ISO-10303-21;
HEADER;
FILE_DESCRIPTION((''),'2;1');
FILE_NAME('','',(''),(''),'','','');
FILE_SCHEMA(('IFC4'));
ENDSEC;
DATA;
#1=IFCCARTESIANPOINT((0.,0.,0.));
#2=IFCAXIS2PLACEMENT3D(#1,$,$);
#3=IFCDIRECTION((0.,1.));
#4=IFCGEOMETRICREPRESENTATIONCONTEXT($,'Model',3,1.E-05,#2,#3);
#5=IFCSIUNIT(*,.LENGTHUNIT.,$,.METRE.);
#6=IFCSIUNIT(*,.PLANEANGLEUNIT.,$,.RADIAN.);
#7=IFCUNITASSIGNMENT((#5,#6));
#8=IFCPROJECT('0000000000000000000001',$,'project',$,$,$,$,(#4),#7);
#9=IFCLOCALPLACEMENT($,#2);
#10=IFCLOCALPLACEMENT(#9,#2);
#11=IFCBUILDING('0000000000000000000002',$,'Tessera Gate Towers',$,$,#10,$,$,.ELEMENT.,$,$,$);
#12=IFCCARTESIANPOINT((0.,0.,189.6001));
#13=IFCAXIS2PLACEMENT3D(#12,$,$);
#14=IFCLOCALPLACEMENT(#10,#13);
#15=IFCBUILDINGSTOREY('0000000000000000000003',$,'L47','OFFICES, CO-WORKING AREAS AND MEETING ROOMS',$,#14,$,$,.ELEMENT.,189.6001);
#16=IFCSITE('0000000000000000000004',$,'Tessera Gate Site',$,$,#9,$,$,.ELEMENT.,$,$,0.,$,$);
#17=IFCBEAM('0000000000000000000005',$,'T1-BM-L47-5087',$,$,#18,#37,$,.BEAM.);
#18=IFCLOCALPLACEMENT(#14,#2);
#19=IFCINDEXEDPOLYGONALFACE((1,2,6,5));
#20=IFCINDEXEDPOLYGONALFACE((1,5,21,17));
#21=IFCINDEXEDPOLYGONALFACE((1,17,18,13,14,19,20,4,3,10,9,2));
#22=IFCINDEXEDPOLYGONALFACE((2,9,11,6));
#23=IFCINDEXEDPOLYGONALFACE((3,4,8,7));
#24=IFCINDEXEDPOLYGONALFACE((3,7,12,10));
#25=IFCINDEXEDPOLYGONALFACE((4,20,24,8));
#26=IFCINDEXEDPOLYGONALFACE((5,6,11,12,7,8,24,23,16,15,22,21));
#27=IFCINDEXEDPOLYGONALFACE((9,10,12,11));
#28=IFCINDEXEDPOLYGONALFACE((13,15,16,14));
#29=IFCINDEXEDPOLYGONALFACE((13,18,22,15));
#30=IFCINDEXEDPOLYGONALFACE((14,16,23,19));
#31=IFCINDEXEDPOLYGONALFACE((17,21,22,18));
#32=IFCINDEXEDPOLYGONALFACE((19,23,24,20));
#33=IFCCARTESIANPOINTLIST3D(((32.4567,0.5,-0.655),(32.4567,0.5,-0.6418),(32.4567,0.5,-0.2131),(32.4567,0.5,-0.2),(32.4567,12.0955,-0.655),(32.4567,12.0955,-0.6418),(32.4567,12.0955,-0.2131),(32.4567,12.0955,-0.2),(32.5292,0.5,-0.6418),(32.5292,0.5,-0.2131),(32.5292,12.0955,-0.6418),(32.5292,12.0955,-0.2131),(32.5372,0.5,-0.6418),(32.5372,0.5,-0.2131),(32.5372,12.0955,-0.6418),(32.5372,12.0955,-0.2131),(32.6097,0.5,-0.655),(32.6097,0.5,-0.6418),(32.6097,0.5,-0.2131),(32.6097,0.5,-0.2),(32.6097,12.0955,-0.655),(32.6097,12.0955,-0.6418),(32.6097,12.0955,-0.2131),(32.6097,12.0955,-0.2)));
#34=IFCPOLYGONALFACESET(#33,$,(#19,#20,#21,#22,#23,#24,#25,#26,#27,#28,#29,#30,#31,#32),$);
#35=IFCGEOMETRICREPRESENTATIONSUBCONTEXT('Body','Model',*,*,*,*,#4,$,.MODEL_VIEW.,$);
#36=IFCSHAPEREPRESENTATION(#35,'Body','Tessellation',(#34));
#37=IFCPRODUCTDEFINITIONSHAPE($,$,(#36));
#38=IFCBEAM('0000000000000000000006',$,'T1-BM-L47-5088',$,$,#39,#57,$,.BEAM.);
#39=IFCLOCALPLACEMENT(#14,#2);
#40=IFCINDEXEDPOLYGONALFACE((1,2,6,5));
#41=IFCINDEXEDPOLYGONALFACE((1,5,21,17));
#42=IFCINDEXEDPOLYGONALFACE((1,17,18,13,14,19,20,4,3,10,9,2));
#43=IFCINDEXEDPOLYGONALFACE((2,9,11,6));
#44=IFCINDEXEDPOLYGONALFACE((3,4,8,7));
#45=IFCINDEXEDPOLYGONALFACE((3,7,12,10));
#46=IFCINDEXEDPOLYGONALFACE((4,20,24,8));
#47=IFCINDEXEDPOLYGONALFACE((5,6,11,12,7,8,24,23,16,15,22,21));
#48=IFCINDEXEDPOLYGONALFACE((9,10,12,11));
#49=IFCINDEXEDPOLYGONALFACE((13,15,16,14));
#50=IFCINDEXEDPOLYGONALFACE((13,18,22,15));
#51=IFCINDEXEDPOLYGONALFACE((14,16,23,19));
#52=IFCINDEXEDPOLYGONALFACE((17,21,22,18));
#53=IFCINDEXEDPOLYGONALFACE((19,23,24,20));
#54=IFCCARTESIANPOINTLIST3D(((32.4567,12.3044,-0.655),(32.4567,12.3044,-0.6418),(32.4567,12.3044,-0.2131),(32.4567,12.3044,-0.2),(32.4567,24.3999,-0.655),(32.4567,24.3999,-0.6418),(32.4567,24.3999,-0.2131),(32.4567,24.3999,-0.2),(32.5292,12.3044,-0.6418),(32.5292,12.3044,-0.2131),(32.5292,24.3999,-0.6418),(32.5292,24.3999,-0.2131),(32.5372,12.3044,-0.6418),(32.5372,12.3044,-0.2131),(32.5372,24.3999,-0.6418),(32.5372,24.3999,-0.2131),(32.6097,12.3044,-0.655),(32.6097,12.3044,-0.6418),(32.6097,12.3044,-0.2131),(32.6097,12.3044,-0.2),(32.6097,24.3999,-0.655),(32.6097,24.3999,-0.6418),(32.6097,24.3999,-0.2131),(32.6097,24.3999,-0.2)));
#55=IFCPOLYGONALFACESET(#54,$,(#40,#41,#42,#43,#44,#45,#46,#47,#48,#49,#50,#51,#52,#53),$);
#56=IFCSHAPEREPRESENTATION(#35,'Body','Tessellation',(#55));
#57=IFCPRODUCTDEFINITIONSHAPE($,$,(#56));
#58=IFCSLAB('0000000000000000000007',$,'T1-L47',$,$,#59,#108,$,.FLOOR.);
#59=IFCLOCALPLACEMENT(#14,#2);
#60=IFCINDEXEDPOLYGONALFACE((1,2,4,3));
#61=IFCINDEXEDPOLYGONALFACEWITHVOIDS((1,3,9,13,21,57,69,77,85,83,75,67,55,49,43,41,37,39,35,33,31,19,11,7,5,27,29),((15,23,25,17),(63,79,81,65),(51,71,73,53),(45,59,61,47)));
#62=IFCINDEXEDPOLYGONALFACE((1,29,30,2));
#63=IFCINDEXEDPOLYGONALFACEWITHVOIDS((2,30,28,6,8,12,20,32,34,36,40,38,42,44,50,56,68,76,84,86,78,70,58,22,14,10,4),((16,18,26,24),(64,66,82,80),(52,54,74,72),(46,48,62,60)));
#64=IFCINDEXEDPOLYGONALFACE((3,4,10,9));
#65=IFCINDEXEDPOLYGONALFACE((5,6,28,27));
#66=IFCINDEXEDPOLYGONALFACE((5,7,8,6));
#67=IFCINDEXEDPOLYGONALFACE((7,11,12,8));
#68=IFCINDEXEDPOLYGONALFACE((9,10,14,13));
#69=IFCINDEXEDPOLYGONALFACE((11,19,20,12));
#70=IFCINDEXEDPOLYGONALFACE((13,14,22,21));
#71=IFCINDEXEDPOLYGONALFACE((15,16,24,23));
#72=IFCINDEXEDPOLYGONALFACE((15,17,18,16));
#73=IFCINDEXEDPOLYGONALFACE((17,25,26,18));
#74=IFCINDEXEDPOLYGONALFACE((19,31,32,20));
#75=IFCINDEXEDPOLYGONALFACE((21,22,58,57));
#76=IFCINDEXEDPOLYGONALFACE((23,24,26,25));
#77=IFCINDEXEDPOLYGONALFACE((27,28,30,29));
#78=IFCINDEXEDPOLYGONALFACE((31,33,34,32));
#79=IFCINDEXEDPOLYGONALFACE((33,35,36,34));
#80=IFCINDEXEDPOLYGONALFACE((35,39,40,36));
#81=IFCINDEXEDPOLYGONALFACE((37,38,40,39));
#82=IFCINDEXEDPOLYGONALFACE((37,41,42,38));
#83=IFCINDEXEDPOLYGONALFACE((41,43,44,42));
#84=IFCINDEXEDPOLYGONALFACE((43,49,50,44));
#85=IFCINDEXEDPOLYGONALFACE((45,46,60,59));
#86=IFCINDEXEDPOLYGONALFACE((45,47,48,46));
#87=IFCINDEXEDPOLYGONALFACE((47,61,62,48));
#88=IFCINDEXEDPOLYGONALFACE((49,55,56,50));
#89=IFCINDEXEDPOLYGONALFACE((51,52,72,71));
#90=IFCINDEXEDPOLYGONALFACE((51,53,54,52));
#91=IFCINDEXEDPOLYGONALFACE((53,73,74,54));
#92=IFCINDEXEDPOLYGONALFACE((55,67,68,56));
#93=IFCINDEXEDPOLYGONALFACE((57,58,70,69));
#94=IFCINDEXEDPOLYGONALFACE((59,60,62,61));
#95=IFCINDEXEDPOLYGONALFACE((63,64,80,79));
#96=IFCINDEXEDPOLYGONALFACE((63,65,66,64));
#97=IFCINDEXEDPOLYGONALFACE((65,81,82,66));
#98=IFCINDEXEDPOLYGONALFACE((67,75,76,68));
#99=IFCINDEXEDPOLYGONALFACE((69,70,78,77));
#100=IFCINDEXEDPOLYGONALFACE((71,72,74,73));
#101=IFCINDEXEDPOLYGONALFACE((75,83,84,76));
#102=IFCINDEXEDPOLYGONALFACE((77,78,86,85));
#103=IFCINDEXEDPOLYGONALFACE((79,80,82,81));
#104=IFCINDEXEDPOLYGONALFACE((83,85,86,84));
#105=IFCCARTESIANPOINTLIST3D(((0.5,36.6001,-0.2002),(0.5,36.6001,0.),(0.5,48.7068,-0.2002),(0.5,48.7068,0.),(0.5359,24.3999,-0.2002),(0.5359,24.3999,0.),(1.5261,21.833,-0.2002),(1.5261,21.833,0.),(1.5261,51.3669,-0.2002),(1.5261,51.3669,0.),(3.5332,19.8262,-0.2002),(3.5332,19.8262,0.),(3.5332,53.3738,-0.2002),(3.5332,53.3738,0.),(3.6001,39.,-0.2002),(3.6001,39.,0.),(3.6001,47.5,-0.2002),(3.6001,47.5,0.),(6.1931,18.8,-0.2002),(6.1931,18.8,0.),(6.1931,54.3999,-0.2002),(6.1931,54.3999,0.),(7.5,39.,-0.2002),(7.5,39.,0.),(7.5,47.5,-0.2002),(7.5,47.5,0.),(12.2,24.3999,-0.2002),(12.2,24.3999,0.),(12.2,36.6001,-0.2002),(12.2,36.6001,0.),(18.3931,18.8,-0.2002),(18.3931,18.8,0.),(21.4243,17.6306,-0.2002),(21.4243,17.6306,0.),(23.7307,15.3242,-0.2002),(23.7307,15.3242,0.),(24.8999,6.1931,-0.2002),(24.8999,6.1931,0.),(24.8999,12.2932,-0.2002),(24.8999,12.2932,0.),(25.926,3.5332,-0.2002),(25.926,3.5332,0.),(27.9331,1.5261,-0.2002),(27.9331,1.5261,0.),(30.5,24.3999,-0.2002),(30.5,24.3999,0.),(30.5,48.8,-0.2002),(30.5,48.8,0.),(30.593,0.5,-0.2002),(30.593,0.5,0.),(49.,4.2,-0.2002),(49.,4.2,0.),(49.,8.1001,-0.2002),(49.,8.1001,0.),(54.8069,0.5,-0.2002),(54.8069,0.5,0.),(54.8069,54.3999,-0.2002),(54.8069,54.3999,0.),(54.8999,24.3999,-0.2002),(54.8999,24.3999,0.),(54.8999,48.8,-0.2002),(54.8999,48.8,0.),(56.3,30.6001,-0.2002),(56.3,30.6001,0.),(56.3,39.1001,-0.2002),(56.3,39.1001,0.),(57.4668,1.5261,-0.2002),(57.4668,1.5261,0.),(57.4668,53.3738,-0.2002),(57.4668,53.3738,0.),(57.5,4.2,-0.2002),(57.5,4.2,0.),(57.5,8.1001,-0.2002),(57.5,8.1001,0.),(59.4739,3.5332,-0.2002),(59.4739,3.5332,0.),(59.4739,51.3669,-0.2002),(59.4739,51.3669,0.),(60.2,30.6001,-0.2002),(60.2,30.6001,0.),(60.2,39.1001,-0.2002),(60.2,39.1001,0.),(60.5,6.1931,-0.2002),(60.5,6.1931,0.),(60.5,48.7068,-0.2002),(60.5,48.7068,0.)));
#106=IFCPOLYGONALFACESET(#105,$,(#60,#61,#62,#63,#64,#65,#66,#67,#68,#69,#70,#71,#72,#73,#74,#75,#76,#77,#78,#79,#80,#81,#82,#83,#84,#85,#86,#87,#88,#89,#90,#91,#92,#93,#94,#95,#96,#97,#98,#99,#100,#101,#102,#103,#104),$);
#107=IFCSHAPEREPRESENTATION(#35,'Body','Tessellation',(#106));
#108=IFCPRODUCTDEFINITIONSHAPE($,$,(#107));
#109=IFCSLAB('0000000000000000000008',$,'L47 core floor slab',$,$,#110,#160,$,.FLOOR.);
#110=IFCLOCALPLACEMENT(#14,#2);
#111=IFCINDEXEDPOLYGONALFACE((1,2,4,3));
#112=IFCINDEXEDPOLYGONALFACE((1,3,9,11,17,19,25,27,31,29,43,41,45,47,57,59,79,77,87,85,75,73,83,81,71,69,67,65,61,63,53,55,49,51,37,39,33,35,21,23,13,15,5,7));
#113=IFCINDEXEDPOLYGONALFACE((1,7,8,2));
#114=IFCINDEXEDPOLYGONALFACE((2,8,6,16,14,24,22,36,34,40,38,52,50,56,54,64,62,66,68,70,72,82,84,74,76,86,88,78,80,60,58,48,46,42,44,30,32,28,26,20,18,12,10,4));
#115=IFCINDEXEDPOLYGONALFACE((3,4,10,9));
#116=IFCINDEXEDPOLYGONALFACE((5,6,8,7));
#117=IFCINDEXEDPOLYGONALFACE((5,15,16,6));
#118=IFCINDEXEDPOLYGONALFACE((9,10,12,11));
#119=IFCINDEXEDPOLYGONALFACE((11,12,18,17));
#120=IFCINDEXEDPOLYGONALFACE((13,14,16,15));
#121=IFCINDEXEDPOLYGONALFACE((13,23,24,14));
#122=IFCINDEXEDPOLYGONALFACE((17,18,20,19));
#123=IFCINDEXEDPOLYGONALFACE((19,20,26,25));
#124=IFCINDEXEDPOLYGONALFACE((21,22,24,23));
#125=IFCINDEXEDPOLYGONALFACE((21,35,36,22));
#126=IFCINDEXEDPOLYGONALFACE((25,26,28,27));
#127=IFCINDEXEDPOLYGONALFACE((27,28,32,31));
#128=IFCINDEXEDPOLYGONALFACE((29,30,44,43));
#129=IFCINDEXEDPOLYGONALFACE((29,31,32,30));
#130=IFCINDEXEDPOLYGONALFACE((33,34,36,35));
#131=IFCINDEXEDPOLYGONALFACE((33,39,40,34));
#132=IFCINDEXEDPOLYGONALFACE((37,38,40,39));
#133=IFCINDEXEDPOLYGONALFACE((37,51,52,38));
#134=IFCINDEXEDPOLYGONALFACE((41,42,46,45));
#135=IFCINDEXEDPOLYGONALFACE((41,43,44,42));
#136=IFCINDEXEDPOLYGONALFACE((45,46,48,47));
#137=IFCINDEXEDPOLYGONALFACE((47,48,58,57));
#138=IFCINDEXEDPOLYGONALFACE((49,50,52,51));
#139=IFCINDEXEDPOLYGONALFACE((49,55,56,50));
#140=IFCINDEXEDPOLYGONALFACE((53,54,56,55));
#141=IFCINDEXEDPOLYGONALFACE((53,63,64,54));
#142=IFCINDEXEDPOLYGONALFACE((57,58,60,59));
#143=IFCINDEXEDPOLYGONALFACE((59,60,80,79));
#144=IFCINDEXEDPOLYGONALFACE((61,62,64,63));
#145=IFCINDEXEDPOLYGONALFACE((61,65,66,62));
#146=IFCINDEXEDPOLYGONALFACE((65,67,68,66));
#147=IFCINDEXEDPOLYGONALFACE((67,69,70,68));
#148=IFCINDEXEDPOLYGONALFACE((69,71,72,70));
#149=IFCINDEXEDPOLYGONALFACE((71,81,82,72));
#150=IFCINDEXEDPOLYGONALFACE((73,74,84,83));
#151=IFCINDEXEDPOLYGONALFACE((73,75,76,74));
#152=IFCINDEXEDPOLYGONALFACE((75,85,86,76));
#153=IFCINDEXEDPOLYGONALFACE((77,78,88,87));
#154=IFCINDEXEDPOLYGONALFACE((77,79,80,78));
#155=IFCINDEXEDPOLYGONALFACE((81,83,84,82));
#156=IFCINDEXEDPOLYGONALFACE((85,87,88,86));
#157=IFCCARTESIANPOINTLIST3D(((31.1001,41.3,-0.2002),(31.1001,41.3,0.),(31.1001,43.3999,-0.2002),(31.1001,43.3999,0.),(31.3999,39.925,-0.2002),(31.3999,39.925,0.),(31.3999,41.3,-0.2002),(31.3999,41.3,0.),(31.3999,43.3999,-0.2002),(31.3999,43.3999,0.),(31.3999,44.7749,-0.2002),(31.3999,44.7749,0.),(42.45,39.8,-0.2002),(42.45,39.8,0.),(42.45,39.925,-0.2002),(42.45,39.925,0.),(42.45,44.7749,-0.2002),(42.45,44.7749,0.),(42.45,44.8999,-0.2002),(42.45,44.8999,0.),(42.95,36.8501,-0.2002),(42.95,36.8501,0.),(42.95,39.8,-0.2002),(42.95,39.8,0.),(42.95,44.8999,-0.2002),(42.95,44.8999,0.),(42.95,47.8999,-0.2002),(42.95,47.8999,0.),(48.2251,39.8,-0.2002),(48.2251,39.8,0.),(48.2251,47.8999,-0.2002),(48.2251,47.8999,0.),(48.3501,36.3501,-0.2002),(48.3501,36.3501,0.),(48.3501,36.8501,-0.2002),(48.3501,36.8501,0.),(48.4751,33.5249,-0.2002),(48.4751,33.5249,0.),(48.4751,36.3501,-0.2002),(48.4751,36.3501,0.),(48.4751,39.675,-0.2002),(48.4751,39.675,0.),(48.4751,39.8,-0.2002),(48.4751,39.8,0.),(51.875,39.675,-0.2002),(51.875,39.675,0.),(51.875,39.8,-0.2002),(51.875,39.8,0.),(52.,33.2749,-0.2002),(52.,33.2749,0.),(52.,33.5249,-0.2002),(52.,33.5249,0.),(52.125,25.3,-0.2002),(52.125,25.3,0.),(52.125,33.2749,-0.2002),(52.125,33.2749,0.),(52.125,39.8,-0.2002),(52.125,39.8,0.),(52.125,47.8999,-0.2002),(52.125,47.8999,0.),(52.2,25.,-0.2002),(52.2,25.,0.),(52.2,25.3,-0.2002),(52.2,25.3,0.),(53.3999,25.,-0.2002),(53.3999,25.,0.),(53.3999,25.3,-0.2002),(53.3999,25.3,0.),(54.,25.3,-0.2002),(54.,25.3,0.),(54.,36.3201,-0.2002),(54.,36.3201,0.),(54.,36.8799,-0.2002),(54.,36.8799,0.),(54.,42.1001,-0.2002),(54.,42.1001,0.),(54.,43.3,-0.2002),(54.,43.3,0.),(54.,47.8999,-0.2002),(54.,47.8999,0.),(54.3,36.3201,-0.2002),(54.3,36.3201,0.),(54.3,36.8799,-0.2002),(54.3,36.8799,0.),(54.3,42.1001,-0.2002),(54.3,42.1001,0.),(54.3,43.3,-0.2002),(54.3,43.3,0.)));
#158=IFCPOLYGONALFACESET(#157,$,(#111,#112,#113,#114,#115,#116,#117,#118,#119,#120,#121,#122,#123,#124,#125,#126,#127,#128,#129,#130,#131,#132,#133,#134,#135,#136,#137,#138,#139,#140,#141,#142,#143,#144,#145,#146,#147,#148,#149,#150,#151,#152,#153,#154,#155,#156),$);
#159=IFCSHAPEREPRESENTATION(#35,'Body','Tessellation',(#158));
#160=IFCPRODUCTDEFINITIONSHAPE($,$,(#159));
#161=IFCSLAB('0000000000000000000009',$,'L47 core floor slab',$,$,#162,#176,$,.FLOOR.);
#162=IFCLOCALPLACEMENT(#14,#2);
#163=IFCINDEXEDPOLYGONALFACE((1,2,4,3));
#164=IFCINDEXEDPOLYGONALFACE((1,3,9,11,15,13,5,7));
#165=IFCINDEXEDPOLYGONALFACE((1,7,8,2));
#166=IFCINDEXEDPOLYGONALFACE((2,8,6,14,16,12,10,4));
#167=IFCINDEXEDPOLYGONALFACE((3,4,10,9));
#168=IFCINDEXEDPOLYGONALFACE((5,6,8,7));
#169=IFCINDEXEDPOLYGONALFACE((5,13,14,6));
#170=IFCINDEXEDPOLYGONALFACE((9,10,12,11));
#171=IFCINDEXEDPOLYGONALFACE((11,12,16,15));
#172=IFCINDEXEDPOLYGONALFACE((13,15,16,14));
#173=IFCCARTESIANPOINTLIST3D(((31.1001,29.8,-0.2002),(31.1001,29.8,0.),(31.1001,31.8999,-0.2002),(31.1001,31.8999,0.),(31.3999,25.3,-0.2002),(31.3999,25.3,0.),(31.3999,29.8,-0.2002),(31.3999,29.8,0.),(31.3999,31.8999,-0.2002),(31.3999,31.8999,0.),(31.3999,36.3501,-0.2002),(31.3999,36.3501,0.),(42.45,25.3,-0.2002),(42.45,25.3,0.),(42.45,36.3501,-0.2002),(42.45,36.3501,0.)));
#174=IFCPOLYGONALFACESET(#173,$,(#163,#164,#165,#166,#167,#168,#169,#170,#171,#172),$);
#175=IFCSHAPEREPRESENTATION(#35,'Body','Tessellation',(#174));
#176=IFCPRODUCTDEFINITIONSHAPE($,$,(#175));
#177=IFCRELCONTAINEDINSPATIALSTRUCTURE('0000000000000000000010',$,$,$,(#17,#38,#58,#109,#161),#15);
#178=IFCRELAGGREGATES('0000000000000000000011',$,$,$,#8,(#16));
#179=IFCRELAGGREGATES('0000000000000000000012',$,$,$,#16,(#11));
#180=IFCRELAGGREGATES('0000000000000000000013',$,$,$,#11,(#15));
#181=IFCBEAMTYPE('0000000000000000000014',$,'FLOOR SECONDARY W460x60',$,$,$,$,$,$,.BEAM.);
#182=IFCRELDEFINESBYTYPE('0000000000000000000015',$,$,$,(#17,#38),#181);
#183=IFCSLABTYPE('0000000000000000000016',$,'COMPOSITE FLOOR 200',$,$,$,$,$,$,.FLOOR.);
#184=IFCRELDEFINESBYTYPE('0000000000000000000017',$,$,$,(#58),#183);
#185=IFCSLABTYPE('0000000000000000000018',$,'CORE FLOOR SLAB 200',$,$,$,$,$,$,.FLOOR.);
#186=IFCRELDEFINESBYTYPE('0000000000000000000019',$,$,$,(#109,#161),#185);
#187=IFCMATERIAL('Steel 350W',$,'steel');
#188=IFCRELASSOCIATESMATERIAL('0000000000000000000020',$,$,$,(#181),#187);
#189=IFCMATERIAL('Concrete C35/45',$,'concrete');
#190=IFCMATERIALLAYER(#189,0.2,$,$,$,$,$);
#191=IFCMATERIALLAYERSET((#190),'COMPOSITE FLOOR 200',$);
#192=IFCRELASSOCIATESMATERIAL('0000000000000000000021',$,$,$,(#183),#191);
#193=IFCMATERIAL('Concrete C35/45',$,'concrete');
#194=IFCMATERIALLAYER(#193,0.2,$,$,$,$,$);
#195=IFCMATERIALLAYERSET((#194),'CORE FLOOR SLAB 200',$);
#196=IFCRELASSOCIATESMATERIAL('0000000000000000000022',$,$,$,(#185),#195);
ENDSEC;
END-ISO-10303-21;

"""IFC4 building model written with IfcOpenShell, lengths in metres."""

from ifc_helpers import new_model, si_unit, direction, frame, origin, origin_2d, place, context, subcontext, project, spatial, polyline, i_section, outline, extrude, material, layer, layer_set, material_profile, profile_set, type_object, element, save


model = new_model("IFC4")

# Units and contexts
model_context = context("Model", 3, precision=1e-05, world=origin(), true_north=direction((0.0, 1.0)))
body_context = subcontext(model_context, "Body", "Model", "MODEL_VIEW")
ifc_project = project(units=[si_unit("LENGTHUNIT", "METRE"), si_unit("PLANEANGLEUNIT", "RADIAN")], contexts=[model_context])

# Site, building, storey
site_placement = place(None, origin())
site = spatial("IfcSite", under=ifc_project, at=site_placement, Name="Tessera Gate Site", CompositionType="ELEMENT", RefElevation=0.0)
building_placement = place(site_placement, origin())
building = spatial("IfcBuilding", under=site, at=building_placement, Name="Tessera Gate Towers", CompositionType="ELEMENT")
storey_placement = place(building_placement, frame((0.0, 0.0, 189.6001)))
storey = spatial("IfcBuildingStorey", under=building, at=storey_placement, Name="L47", Description="OFFICES, CO-WORKING AREAS AND MEETING ROOMS", CompositionType="ELEMENT", Elevation=189.6001)

# Beams
ifc_material_1 = material(Name="Steel 350W", Category="steel")
ifc_material_profile_1 = material_profile(ifc_material_1, i_section(OverallWidth=0.1531, OverallDepth=0.4551, WebThickness=0.0081, FlangeThickness=0.0132, at=origin_2d()), Name="W460x60")
ifc_profile_set_1 = profile_set([ifc_material_profile_1], Name="Steel 350W")
beam_type_1 = type_object("IfcBeamType", Name="FLOOR SECONDARY W460x60", PredefinedType="BEAM", material=ifc_profile_set_1)
beam_1_placement = place(storey_placement, frame((32.5332, 0.5, -0.4275), z_axis=(0.0, 1.0, 0.0), x_axis=(-1.0, 0.0, 0.0)))
element("IfcBeam", 1, at=beam_1_placement, inside=storey, type_object=beam_type_1, Name="T1-BM-L47-5087", PredefinedType="BEAM", context=body_context, shape_type="SweptSolid", body=[
    extrude(i_section(OverallWidth=0.1531, OverallDepth=0.4551, WebThickness=0.0081, FlangeThickness=0.0132, at=origin_2d()), origin(), (0.0, 0.0, 1.0), 11.5955),
])
beam_2_placement = place(storey_placement, frame((32.5332, 12.3044, -0.4275), z_axis=(0.0, 1.0, 0.0), x_axis=(-1.0, 0.0, 0.0)))
element("IfcBeam", 2, at=beam_2_placement, inside=storey, type_object=beam_type_1, Name="T1-BM-L47-5088", PredefinedType="BEAM", context=body_context, shape_type="SweptSolid", body=[
    extrude(i_section(OverallWidth=0.1531, OverallDepth=0.4551, WebThickness=0.0081, FlangeThickness=0.0132, at=origin_2d()), origin(), (0.0, 0.0, 1.0), 12.0955),
])

# Slabs
ifc_material_2 = material(Name="Concrete C35/45", Category="concrete")
ifc_layer_1 = layer(ifc_material_2, 0.2)
ifc_layer_set_1 = layer_set([ifc_layer_1], Name="COMPOSITE FLOOR 200")
slab_type_1 = type_object("IfcSlabType", Name="COMPOSITE FLOOR 200", PredefinedType="FLOOR", material=ifc_layer_set_1)
slab_1_placement = place(storey_placement, frame((0.0, 0.0, -0.2002)))
element("IfcSlab", 3, at=slab_1_placement, inside=storey, type_object=slab_type_1, Name="T1-L47", PredefinedType="FLOOR", context=body_context, shape_type="SweptSolid", body=[
    extrude(outline(polyline([(0.5, 36.6001), (12.2, 36.6001), (12.2, 24.3999), (0.5359, 24.3999), (1.5261, 21.833), (3.5332, 19.8262), (6.1931, 18.8), (18.3931, 18.8), (21.4243, 17.6306), (23.7307, 15.3242), (24.8999, 12.2932), (24.8999, 6.1931), (25.926, 3.5332), (27.9331, 1.5261), (30.593, 0.5), (54.8069, 0.5), (57.4668, 1.5261), (59.4739, 3.5332), (60.5, 6.1931), (60.5, 48.7068), (59.4739, 51.3669), (57.4668, 53.3738), (54.8069, 54.3999), (6.1931, 54.3999), (3.5332, 53.3738), (1.5261, 51.3669), (0.5, 48.7068), (0.5, 36.6001)]), holes=[polyline([(3.6001, 39.0), (3.6001, 47.5), (7.5, 47.5), (7.5, 39.0), (3.6001, 39.0)]), polyline([(30.5, 24.3999), (30.5, 48.8), (54.8999, 48.8), (54.8999, 24.3999), (30.5, 24.3999)]), polyline([(49.0, 4.2), (49.0, 8.1001), (57.5, 8.1001), (57.5, 4.2), (49.0, 4.2)]), polyline([(56.3, 30.6001), (56.3, 39.1001), (60.2, 39.1001), (60.2, 30.6001), (56.3, 30.6001)])]), origin(), (0.0, 0.0, 1.0), 0.2002),
])
ifc_material_3 = material(Name="Concrete C35/45", Category="concrete")
ifc_layer_2 = layer(ifc_material_3, 0.2)
ifc_layer_set_2 = layer_set([ifc_layer_2], Name="CORE FLOOR SLAB 200")
slab_type_2 = type_object("IfcSlabType", Name="CORE FLOOR SLAB 200", PredefinedType="FLOOR", material=ifc_layer_set_2)
slab_2_placement = place(storey_placement, frame((0.0, 0.0, -0.2002)))
element("IfcSlab", 4, at=slab_2_placement, inside=storey, type_object=slab_type_2, Name="L47 core floor slab", PredefinedType="FLOOR", context=body_context, shape_type="SweptSolid", body=[
    extrude(outline(polyline([(42.45, 44.8999), (42.45, 44.7749), (31.3999, 44.7749), (31.3999, 43.3999), (31.1001, 43.3999), (31.1001, 41.3), (31.3999, 41.3), (31.3999, 39.925), (42.45, 39.925), (42.45, 39.8), (42.95, 39.8), (42.95, 36.8501), (48.3501, 36.8501), (48.3501, 36.3501), (48.4751, 36.3501), (48.4751, 33.5249), (52.0, 33.5249), (52.0, 33.2749), (52.125, 33.2749), (52.125, 25.3), (52.2, 25.3), (52.2, 25.0), (53.3999, 25.0), (53.3999, 25.3), (54.0, 25.3), (54.0, 36.3201), (54.3, 36.3201), (54.3, 36.8799), (54.0, 36.8799), (54.0, 42.1001), (54.3, 42.1001), (54.3, 43.3), (54.0, 43.3), (54.0, 47.8999), (52.125, 47.8999), (52.125, 39.8), (51.875, 39.8), (51.875, 39.675), (48.4751, 39.675), (48.4751, 39.8), (48.2251, 39.8), (48.2251, 47.8999), (42.95, 47.8999), (42.95, 44.8999), (42.45, 44.8999)])), origin(), (0.0, 0.0, 1.0), 0.2002),
])
slab_3_placement = place(storey_placement, frame((0.0, 0.0, -0.2002)))
element("IfcSlab", 5, at=slab_3_placement, inside=storey, type_object=slab_type_2, Name="L47 core floor slab", PredefinedType="FLOOR", context=body_context, shape_type="SweptSolid", body=[
    extrude(outline(polyline([(31.3999, 36.3501), (31.3999, 31.8999), (31.1001, 31.8999), (31.1001, 29.8), (31.3999, 29.8), (31.3999, 25.3), (42.45, 25.3), (42.45, 36.3501), (31.3999, 36.3501)])), origin(), (0.0, 0.0, 1.0), 0.2002),
])

save(model, "model.ifc")
